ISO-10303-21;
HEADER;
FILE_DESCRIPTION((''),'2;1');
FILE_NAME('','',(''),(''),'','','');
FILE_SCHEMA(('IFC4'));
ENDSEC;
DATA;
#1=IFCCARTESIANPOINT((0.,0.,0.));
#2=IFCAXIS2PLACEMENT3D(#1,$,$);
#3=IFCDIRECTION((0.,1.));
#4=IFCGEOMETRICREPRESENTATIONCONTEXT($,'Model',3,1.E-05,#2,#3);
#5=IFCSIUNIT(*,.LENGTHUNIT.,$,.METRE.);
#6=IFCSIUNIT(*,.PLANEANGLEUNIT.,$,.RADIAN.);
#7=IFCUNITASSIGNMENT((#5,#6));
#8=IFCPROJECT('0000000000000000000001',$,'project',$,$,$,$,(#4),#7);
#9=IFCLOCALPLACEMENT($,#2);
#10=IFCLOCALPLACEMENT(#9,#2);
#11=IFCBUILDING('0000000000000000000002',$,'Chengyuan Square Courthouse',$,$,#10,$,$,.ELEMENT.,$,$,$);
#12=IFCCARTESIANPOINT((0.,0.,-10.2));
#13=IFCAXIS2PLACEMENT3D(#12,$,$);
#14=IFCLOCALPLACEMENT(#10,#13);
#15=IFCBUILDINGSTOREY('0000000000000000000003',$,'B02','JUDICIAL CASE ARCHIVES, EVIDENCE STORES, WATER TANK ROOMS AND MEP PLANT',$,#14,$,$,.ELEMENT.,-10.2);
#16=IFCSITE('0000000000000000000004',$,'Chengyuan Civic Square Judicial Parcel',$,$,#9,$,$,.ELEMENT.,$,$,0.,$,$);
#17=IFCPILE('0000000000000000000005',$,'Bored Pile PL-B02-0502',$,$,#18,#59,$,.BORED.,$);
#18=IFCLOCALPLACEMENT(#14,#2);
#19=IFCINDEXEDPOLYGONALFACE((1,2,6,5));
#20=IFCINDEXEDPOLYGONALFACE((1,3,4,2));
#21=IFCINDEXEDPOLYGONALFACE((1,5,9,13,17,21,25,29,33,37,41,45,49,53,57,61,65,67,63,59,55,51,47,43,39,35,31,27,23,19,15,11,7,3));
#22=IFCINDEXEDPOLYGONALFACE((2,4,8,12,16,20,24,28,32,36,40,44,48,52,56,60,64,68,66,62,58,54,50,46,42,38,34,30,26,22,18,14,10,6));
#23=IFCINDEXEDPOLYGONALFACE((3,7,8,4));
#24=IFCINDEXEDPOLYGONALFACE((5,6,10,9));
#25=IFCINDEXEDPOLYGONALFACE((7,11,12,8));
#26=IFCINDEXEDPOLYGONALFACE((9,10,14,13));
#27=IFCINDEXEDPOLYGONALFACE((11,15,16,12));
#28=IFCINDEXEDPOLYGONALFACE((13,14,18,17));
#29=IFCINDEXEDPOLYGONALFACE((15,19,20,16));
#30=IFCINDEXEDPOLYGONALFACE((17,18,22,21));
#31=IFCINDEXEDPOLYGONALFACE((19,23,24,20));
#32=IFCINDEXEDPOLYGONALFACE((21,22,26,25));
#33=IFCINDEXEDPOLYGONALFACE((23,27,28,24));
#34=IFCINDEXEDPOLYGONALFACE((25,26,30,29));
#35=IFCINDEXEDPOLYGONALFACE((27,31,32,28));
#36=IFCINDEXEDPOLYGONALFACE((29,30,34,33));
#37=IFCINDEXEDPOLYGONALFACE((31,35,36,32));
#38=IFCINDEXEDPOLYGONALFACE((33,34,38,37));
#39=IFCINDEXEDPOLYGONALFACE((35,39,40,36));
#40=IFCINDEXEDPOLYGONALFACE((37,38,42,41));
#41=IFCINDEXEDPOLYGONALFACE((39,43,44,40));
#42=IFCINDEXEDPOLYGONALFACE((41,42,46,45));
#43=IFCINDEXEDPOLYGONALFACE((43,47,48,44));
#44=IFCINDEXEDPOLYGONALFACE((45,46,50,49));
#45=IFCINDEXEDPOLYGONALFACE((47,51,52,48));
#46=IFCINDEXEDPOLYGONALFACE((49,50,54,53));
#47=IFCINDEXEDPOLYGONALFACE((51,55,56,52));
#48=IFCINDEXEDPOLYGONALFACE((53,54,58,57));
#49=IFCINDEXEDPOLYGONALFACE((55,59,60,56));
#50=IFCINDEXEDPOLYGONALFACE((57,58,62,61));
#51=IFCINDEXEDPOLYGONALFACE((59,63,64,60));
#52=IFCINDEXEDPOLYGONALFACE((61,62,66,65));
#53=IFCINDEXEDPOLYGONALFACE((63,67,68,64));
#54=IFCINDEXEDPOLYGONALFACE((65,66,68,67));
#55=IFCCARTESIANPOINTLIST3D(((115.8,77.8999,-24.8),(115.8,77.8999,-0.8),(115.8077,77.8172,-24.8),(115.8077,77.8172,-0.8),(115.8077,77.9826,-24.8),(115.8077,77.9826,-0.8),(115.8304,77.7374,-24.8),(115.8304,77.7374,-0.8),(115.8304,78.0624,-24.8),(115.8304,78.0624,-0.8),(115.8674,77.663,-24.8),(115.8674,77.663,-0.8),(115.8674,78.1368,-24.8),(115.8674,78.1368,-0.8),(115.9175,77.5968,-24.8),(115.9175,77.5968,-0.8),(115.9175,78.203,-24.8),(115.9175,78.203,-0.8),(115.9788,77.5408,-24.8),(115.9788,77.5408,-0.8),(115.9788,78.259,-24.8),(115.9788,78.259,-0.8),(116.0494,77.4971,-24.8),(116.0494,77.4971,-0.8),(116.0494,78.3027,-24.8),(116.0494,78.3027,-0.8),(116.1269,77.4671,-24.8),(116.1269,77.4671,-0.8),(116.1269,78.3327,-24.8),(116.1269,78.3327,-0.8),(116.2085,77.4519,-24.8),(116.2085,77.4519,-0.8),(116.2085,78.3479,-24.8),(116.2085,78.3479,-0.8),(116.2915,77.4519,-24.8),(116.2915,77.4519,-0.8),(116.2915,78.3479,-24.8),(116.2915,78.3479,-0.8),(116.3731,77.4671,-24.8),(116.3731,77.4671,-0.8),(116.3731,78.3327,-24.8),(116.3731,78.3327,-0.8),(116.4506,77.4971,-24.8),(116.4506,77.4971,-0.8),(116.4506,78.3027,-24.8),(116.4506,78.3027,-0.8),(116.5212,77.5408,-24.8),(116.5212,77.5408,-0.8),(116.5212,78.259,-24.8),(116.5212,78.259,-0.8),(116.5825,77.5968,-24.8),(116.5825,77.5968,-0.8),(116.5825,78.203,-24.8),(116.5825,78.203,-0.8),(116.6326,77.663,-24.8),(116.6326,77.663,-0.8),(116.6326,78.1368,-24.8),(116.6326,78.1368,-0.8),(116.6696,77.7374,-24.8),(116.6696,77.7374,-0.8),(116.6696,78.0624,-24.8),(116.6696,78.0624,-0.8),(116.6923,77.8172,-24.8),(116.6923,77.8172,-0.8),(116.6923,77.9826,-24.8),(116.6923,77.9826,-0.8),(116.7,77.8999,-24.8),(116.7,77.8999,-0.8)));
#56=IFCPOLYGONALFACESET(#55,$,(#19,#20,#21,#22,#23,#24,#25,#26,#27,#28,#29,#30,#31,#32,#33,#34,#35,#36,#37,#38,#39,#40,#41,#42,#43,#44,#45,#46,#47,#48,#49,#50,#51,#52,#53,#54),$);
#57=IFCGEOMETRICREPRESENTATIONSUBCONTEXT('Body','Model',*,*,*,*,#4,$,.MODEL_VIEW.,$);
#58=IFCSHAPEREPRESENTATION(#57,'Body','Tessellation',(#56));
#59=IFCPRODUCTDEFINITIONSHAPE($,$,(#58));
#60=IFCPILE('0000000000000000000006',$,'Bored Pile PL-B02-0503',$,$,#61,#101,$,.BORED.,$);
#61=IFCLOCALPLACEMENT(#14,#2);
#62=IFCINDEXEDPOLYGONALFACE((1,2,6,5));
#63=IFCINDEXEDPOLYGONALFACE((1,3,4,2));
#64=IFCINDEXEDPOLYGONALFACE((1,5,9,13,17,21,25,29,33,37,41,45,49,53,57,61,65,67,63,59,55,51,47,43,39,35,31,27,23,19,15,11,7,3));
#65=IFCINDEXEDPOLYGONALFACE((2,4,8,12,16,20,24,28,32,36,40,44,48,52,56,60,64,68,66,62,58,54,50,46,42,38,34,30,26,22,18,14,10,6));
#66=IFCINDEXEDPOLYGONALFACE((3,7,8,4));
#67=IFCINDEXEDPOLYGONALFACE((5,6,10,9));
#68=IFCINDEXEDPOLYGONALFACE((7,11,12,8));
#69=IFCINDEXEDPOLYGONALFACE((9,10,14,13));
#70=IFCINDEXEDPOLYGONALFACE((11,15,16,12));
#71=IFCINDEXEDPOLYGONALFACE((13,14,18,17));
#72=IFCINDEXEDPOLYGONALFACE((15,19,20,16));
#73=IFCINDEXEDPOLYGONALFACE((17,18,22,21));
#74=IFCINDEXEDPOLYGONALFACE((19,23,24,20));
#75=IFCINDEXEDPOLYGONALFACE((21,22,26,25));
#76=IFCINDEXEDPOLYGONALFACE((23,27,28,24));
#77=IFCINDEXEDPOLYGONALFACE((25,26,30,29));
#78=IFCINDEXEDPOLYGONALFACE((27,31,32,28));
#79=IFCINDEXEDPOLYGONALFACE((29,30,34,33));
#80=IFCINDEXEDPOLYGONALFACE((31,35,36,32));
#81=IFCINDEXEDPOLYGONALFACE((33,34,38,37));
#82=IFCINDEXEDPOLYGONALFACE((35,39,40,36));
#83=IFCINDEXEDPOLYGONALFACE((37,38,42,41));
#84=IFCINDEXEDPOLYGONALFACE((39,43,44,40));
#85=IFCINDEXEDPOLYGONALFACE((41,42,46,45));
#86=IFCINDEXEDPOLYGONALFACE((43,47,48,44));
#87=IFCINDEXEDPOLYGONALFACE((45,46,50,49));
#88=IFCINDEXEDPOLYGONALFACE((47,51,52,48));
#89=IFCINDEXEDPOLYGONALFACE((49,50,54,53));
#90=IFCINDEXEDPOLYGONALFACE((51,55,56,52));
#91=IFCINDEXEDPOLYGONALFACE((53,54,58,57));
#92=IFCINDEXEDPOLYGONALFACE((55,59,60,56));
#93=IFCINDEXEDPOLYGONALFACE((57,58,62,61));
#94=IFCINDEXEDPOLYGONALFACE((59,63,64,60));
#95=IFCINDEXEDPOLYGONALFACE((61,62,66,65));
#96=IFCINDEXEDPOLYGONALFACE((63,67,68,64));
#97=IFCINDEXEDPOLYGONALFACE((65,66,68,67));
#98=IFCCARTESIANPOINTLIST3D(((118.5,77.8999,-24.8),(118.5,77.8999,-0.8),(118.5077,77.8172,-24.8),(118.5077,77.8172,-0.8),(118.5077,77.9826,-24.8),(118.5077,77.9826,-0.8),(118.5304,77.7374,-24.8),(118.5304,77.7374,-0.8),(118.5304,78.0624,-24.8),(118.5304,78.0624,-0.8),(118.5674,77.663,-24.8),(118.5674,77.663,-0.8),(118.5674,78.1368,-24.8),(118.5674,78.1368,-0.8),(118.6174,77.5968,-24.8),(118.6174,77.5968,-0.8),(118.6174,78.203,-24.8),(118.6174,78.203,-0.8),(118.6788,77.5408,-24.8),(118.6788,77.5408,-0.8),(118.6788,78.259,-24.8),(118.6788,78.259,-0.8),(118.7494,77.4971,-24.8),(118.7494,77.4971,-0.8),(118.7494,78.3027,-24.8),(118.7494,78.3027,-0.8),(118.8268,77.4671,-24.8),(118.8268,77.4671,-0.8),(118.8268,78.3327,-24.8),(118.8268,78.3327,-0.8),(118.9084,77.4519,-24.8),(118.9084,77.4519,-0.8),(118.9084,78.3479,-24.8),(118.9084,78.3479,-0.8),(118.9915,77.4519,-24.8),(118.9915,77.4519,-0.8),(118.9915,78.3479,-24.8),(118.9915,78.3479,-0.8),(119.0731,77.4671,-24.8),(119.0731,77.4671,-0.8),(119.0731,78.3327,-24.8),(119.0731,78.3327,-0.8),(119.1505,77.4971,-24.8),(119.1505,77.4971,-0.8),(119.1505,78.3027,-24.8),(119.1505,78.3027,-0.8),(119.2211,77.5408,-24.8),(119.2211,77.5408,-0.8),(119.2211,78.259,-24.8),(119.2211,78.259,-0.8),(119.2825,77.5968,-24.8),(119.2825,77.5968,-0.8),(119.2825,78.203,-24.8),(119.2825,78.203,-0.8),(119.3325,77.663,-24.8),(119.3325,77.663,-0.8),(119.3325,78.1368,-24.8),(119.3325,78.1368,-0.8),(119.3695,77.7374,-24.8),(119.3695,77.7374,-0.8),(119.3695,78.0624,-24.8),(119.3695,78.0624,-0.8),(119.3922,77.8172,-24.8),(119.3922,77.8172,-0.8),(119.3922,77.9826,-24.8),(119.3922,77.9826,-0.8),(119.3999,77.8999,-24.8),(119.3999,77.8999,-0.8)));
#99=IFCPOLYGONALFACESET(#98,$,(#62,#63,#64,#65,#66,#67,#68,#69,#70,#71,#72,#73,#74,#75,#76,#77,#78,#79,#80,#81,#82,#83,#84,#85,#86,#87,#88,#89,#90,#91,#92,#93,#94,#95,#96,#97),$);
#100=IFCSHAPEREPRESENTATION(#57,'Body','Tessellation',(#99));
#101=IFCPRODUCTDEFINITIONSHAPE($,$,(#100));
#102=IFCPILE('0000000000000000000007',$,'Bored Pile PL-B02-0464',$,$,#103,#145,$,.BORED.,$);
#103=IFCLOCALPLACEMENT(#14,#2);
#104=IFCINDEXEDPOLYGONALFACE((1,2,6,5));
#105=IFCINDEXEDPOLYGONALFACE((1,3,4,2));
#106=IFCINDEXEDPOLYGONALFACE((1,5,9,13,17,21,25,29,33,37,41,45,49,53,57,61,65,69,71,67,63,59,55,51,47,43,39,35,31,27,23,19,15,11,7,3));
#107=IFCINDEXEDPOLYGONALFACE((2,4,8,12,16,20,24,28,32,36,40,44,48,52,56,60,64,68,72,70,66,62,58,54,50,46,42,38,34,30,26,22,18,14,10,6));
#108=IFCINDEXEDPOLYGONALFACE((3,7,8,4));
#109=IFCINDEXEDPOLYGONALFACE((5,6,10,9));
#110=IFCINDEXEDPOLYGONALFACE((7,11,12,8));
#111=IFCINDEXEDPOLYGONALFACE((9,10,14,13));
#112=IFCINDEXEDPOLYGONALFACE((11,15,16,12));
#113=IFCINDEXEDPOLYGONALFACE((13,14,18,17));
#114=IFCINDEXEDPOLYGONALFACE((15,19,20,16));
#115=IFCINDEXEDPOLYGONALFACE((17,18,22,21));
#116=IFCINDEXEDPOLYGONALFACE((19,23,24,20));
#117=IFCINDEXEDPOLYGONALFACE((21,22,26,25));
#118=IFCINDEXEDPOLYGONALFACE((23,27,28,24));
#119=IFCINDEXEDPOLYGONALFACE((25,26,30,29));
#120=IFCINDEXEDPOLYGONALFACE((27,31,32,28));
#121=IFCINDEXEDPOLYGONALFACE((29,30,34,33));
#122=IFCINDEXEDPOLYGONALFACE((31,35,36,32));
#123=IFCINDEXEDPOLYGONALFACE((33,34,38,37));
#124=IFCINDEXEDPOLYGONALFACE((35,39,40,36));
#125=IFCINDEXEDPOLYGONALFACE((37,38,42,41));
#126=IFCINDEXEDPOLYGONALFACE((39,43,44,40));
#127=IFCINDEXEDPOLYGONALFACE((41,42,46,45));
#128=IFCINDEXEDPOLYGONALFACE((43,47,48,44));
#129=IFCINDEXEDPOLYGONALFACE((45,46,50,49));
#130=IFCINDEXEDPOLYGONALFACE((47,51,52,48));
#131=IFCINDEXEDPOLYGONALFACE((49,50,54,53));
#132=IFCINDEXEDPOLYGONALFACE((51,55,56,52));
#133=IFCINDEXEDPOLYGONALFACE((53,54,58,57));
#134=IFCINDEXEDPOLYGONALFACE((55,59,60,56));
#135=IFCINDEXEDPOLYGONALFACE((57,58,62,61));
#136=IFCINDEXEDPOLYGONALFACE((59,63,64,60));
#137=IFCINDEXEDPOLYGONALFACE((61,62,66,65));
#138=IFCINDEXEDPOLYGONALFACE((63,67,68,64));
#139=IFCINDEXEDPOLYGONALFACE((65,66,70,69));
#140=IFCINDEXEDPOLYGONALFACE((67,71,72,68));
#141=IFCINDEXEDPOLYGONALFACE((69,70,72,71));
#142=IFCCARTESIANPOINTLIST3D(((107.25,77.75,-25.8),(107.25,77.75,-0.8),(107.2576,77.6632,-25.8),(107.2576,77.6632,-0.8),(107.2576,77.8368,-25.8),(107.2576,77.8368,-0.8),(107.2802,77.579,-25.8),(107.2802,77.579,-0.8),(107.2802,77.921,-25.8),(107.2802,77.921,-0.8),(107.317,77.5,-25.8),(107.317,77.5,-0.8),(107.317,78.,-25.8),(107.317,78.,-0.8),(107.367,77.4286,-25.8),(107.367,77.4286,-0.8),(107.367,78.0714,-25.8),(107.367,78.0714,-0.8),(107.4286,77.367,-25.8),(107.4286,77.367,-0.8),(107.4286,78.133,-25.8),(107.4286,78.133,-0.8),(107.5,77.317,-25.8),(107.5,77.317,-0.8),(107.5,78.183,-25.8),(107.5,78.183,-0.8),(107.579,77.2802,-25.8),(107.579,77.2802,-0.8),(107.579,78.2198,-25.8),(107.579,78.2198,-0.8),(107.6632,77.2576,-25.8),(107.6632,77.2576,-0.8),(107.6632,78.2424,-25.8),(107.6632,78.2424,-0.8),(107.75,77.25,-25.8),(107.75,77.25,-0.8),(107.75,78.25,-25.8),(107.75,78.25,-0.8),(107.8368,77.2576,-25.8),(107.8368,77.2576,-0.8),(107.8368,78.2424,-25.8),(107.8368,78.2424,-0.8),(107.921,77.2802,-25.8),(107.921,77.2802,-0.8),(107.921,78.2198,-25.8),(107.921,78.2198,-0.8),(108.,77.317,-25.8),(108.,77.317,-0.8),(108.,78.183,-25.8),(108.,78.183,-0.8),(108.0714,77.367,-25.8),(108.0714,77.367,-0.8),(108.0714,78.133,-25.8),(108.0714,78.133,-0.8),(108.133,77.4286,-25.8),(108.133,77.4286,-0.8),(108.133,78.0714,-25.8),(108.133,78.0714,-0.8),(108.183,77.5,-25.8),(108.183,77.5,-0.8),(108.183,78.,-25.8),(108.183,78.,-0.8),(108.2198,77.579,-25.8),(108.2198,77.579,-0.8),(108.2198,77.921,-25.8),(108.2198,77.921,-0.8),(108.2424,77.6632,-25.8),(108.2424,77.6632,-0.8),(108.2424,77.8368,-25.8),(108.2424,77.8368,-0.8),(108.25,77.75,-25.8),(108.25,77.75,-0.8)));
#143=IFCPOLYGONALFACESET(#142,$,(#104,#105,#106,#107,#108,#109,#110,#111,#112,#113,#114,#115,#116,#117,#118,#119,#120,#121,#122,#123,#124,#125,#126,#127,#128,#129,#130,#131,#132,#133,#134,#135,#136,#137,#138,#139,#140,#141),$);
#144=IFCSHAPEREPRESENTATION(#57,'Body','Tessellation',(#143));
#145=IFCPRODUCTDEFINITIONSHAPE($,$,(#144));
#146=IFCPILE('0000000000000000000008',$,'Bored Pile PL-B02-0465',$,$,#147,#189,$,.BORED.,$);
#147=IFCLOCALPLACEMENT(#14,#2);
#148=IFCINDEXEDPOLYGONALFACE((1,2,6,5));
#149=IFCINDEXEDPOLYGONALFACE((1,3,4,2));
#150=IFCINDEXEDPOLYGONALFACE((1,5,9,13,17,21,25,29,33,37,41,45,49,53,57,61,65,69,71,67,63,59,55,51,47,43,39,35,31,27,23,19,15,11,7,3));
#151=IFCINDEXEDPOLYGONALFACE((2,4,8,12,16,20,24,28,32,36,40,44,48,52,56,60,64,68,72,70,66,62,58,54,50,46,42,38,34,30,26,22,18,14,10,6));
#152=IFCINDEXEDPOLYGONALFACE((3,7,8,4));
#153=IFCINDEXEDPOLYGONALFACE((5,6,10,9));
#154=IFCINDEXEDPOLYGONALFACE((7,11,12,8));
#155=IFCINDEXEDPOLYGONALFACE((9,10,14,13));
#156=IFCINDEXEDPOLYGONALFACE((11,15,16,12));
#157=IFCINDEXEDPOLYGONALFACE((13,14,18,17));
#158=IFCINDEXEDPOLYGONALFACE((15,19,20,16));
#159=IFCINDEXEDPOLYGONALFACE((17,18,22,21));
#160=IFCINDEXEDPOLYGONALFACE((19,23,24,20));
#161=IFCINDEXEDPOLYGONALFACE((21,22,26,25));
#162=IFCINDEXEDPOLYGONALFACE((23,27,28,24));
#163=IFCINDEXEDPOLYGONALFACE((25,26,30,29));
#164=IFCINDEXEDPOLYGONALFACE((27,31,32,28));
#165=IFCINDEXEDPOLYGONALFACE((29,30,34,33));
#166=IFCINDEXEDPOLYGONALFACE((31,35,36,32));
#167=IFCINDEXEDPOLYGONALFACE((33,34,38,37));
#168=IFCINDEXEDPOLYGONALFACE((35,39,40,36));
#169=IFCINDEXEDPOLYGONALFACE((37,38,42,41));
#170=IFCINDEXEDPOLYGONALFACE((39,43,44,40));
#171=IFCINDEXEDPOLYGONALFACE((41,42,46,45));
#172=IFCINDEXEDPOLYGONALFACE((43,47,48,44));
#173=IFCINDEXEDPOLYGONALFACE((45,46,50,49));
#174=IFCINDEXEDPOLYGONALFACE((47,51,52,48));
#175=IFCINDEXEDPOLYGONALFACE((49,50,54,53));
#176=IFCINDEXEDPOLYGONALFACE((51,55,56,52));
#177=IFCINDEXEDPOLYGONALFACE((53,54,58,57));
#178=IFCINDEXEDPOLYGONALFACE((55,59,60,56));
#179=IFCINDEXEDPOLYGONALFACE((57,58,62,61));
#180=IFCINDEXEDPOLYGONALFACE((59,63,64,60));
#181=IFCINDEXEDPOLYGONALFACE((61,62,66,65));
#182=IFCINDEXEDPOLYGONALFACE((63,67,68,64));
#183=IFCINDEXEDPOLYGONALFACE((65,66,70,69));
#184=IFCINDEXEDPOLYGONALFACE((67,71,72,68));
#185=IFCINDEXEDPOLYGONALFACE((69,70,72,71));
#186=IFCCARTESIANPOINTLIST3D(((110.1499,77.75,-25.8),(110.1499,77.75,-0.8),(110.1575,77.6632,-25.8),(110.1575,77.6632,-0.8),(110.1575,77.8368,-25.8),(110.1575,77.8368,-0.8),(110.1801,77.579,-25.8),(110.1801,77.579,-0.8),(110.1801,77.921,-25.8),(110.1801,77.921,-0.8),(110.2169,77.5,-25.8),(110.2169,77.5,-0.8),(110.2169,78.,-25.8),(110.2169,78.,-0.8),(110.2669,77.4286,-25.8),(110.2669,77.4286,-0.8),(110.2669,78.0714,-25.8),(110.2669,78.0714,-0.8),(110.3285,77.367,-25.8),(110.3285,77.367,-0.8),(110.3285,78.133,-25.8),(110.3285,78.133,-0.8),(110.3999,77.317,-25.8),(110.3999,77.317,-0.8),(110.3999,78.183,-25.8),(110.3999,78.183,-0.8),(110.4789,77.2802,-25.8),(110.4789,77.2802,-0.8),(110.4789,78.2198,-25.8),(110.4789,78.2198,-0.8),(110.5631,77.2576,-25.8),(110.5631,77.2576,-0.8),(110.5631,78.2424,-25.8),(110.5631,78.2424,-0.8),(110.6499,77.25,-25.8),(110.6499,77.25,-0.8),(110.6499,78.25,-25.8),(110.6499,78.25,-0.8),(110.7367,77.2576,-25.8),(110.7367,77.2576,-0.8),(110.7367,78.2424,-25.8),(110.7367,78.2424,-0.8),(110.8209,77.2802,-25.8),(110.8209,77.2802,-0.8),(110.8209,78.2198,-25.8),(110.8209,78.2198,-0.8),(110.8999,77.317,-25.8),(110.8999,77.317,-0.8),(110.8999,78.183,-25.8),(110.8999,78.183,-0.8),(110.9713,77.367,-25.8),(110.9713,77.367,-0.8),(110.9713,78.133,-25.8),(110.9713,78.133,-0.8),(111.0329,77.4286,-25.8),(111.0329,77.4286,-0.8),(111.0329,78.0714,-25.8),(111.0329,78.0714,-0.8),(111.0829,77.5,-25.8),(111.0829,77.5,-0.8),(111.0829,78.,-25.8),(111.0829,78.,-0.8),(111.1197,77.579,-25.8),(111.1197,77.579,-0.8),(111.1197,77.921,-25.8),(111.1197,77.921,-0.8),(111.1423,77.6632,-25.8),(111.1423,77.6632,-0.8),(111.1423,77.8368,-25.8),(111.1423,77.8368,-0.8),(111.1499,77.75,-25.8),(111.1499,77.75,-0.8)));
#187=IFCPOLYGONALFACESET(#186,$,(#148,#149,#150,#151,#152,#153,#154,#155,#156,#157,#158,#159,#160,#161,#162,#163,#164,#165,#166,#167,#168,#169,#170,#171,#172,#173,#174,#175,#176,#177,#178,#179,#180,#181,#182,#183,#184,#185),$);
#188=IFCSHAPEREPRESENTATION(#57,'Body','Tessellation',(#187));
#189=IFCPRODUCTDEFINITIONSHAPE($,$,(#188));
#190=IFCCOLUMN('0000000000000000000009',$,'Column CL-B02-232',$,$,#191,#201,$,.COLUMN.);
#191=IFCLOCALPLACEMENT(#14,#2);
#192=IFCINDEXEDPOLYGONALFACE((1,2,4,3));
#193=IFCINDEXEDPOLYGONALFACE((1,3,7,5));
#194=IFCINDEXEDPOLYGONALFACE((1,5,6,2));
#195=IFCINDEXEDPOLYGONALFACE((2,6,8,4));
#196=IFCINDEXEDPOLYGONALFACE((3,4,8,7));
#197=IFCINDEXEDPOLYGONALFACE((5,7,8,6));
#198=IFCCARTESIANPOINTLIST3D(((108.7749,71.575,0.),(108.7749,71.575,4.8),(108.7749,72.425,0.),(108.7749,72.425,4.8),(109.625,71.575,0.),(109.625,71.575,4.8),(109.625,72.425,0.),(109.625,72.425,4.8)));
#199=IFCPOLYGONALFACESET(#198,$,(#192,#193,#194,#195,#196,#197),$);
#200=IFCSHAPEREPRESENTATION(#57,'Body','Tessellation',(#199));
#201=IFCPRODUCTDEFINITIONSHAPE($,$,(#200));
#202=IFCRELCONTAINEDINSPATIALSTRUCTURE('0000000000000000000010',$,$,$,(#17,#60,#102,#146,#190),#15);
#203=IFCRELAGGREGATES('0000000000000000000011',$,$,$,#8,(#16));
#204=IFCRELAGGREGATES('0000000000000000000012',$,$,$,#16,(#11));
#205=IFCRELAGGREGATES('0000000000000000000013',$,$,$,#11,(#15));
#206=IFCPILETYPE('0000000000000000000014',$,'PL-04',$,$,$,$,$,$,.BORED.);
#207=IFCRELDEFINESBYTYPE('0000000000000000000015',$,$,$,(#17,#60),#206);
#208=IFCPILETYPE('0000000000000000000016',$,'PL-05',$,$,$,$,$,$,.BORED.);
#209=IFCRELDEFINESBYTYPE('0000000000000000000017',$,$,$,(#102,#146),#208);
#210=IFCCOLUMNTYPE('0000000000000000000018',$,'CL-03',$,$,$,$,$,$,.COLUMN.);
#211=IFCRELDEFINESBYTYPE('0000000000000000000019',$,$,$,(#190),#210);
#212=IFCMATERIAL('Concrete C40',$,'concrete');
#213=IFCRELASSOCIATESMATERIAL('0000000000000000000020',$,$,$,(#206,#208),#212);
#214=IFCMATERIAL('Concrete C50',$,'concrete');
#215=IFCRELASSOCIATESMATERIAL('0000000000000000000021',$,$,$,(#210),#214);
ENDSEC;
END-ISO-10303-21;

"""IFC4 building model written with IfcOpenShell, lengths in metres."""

from ifc_helpers import new_model, si_unit, direction, frame, origin, origin_2d, place, context, subcontext, project, spatial, rectangle, circle, extrude, material, material_profile, profile_set, type_object, element, save


model = new_model("IFC4")

# Units and contexts
model_context = context("Model", 3, precision=1e-05, world=origin(), true_north=direction((0.0, 1.0)))
body_context = subcontext(model_context, "Body", "Model", "MODEL_VIEW")
ifc_project = project(units=[si_unit("LENGTHUNIT", "METRE"), si_unit("PLANEANGLEUNIT", "RADIAN")], contexts=[model_context])

# Site, building, storey
site_placement = place(None, origin())
site = spatial("IfcSite", under=ifc_project, at=site_placement, Name="Chengyuan Civic Square Judicial Parcel", CompositionType="ELEMENT", RefElevation=0.0)
building_placement = place(site_placement, origin())
building = spatial("IfcBuilding", under=site, at=building_placement, Name="Chengyuan Square Courthouse", CompositionType="ELEMENT")
storey_placement = place(building_placement, frame((0.0, 0.0, -10.2)))
storey = spatial("IfcBuildingStorey", under=building, at=storey_placement, Name="B02", Description="JUDICIAL CASE ARCHIVES, EVIDENCE STORES, WATER TANK ROOMS AND MEP PLANT", CompositionType="ELEMENT", Elevation=-10.2)

# Shared definitions
ifc_material_1 = material(Name="Concrete C40", Category="concrete")

# Piles
ifc_material_profile_1 = material_profile(ifc_material_1, circle(Radius=0.45, at=origin_2d()), Name="BORED PILE D900")
ifc_profile_set_1 = profile_set([ifc_material_profile_1], Name="Concrete C40")
pile_type_1 = type_object("IfcPileType", Name="PL-04", PredefinedType="BORED", material=ifc_profile_set_1)
for number, where, z_axis, x_axis, name in (
    (1, (116.25, 77.8999, -0.8), (0.0, 0.0, -1.0), (1.0, 0.0, 0.0), "Bored Pile PL-B02-0502"),
    (2, (118.95, 77.8999, -0.8), (0.0, 0.0, -1.0), (1.0, 0.0, 0.0), "Bored Pile PL-B02-0503"),
):
    element("IfcPile", number, at=place(storey_placement, frame(where, z_axis=z_axis, x_axis=x_axis)), inside=storey, type_object=pile_type_1, Name=name, PredefinedType="BORED", context=body_context, shape_type="SweptSolid", body=[
        extrude(circle(Radius=0.45, at=origin_2d()), origin(), (0.0, 0.0, 1.0), 24.0),
    ])
ifc_material_profile_2 = material_profile(ifc_material_1, circle(Radius=0.5, at=origin_2d()), Name="BORED PILE D1000")
ifc_profile_set_2 = profile_set([ifc_material_profile_2], Name="Concrete C40")
pile_type_2 = type_object("IfcPileType", Name="PL-05", PredefinedType="BORED", material=ifc_profile_set_2)
for number, where, z_axis, x_axis, name in (
    (3, (107.75, 77.75, -0.8), (0.0, 0.0, -1.0), (1.0, 0.0, 0.0), "Bored Pile PL-B02-0464"),
    (4, (110.6499, 77.75, -0.8), (0.0, 0.0, -1.0), (1.0, 0.0, 0.0), "Bored Pile PL-B02-0465"),
):
    element("IfcPile", number, at=place(storey_placement, frame(where, z_axis=z_axis, x_axis=x_axis)), inside=storey, type_object=pile_type_2, Name=name, PredefinedType="BORED", context=body_context, shape_type="SweptSolid", body=[
        extrude(circle(Radius=0.5, at=origin_2d()), origin(), (0.0, 0.0, 1.0), 25.0),
    ])

# Column
ifc_material_2 = material(Name="Concrete C50", Category="concrete")
ifc_material_profile_3 = material_profile(ifc_material_2, rectangle(XDim=0.8501, YDim=0.8501, at=origin_2d()), Name="RC-COL-850x850")
ifc_profile_set_3 = profile_set([ifc_material_profile_3], Name="Concrete C50")
column_type = type_object("IfcColumnType", Name="CL-03", PredefinedType="COLUMN", material=ifc_profile_set_3)
for number, where, z_axis, x_axis, name in (
    (5, (109.2, 72.0, 0.0), (0.0, 0.0, 1.0), (1.0, 0.0, 0.0), "Column CL-B02-232"),
):
    element("IfcColumn", number, at=place(storey_placement, frame(where, z_axis=z_axis, x_axis=x_axis)), inside=storey, type_object=column_type, Name=name, PredefinedType="COLUMN", context=body_context, shape_type="SweptSolid", body=[
        extrude(rectangle(XDim=0.8501, YDim=0.8501, at=origin_2d()), origin(), (0.0, 0.0, 1.0), 4.8),
    ])

save(model, "model.ifc")
